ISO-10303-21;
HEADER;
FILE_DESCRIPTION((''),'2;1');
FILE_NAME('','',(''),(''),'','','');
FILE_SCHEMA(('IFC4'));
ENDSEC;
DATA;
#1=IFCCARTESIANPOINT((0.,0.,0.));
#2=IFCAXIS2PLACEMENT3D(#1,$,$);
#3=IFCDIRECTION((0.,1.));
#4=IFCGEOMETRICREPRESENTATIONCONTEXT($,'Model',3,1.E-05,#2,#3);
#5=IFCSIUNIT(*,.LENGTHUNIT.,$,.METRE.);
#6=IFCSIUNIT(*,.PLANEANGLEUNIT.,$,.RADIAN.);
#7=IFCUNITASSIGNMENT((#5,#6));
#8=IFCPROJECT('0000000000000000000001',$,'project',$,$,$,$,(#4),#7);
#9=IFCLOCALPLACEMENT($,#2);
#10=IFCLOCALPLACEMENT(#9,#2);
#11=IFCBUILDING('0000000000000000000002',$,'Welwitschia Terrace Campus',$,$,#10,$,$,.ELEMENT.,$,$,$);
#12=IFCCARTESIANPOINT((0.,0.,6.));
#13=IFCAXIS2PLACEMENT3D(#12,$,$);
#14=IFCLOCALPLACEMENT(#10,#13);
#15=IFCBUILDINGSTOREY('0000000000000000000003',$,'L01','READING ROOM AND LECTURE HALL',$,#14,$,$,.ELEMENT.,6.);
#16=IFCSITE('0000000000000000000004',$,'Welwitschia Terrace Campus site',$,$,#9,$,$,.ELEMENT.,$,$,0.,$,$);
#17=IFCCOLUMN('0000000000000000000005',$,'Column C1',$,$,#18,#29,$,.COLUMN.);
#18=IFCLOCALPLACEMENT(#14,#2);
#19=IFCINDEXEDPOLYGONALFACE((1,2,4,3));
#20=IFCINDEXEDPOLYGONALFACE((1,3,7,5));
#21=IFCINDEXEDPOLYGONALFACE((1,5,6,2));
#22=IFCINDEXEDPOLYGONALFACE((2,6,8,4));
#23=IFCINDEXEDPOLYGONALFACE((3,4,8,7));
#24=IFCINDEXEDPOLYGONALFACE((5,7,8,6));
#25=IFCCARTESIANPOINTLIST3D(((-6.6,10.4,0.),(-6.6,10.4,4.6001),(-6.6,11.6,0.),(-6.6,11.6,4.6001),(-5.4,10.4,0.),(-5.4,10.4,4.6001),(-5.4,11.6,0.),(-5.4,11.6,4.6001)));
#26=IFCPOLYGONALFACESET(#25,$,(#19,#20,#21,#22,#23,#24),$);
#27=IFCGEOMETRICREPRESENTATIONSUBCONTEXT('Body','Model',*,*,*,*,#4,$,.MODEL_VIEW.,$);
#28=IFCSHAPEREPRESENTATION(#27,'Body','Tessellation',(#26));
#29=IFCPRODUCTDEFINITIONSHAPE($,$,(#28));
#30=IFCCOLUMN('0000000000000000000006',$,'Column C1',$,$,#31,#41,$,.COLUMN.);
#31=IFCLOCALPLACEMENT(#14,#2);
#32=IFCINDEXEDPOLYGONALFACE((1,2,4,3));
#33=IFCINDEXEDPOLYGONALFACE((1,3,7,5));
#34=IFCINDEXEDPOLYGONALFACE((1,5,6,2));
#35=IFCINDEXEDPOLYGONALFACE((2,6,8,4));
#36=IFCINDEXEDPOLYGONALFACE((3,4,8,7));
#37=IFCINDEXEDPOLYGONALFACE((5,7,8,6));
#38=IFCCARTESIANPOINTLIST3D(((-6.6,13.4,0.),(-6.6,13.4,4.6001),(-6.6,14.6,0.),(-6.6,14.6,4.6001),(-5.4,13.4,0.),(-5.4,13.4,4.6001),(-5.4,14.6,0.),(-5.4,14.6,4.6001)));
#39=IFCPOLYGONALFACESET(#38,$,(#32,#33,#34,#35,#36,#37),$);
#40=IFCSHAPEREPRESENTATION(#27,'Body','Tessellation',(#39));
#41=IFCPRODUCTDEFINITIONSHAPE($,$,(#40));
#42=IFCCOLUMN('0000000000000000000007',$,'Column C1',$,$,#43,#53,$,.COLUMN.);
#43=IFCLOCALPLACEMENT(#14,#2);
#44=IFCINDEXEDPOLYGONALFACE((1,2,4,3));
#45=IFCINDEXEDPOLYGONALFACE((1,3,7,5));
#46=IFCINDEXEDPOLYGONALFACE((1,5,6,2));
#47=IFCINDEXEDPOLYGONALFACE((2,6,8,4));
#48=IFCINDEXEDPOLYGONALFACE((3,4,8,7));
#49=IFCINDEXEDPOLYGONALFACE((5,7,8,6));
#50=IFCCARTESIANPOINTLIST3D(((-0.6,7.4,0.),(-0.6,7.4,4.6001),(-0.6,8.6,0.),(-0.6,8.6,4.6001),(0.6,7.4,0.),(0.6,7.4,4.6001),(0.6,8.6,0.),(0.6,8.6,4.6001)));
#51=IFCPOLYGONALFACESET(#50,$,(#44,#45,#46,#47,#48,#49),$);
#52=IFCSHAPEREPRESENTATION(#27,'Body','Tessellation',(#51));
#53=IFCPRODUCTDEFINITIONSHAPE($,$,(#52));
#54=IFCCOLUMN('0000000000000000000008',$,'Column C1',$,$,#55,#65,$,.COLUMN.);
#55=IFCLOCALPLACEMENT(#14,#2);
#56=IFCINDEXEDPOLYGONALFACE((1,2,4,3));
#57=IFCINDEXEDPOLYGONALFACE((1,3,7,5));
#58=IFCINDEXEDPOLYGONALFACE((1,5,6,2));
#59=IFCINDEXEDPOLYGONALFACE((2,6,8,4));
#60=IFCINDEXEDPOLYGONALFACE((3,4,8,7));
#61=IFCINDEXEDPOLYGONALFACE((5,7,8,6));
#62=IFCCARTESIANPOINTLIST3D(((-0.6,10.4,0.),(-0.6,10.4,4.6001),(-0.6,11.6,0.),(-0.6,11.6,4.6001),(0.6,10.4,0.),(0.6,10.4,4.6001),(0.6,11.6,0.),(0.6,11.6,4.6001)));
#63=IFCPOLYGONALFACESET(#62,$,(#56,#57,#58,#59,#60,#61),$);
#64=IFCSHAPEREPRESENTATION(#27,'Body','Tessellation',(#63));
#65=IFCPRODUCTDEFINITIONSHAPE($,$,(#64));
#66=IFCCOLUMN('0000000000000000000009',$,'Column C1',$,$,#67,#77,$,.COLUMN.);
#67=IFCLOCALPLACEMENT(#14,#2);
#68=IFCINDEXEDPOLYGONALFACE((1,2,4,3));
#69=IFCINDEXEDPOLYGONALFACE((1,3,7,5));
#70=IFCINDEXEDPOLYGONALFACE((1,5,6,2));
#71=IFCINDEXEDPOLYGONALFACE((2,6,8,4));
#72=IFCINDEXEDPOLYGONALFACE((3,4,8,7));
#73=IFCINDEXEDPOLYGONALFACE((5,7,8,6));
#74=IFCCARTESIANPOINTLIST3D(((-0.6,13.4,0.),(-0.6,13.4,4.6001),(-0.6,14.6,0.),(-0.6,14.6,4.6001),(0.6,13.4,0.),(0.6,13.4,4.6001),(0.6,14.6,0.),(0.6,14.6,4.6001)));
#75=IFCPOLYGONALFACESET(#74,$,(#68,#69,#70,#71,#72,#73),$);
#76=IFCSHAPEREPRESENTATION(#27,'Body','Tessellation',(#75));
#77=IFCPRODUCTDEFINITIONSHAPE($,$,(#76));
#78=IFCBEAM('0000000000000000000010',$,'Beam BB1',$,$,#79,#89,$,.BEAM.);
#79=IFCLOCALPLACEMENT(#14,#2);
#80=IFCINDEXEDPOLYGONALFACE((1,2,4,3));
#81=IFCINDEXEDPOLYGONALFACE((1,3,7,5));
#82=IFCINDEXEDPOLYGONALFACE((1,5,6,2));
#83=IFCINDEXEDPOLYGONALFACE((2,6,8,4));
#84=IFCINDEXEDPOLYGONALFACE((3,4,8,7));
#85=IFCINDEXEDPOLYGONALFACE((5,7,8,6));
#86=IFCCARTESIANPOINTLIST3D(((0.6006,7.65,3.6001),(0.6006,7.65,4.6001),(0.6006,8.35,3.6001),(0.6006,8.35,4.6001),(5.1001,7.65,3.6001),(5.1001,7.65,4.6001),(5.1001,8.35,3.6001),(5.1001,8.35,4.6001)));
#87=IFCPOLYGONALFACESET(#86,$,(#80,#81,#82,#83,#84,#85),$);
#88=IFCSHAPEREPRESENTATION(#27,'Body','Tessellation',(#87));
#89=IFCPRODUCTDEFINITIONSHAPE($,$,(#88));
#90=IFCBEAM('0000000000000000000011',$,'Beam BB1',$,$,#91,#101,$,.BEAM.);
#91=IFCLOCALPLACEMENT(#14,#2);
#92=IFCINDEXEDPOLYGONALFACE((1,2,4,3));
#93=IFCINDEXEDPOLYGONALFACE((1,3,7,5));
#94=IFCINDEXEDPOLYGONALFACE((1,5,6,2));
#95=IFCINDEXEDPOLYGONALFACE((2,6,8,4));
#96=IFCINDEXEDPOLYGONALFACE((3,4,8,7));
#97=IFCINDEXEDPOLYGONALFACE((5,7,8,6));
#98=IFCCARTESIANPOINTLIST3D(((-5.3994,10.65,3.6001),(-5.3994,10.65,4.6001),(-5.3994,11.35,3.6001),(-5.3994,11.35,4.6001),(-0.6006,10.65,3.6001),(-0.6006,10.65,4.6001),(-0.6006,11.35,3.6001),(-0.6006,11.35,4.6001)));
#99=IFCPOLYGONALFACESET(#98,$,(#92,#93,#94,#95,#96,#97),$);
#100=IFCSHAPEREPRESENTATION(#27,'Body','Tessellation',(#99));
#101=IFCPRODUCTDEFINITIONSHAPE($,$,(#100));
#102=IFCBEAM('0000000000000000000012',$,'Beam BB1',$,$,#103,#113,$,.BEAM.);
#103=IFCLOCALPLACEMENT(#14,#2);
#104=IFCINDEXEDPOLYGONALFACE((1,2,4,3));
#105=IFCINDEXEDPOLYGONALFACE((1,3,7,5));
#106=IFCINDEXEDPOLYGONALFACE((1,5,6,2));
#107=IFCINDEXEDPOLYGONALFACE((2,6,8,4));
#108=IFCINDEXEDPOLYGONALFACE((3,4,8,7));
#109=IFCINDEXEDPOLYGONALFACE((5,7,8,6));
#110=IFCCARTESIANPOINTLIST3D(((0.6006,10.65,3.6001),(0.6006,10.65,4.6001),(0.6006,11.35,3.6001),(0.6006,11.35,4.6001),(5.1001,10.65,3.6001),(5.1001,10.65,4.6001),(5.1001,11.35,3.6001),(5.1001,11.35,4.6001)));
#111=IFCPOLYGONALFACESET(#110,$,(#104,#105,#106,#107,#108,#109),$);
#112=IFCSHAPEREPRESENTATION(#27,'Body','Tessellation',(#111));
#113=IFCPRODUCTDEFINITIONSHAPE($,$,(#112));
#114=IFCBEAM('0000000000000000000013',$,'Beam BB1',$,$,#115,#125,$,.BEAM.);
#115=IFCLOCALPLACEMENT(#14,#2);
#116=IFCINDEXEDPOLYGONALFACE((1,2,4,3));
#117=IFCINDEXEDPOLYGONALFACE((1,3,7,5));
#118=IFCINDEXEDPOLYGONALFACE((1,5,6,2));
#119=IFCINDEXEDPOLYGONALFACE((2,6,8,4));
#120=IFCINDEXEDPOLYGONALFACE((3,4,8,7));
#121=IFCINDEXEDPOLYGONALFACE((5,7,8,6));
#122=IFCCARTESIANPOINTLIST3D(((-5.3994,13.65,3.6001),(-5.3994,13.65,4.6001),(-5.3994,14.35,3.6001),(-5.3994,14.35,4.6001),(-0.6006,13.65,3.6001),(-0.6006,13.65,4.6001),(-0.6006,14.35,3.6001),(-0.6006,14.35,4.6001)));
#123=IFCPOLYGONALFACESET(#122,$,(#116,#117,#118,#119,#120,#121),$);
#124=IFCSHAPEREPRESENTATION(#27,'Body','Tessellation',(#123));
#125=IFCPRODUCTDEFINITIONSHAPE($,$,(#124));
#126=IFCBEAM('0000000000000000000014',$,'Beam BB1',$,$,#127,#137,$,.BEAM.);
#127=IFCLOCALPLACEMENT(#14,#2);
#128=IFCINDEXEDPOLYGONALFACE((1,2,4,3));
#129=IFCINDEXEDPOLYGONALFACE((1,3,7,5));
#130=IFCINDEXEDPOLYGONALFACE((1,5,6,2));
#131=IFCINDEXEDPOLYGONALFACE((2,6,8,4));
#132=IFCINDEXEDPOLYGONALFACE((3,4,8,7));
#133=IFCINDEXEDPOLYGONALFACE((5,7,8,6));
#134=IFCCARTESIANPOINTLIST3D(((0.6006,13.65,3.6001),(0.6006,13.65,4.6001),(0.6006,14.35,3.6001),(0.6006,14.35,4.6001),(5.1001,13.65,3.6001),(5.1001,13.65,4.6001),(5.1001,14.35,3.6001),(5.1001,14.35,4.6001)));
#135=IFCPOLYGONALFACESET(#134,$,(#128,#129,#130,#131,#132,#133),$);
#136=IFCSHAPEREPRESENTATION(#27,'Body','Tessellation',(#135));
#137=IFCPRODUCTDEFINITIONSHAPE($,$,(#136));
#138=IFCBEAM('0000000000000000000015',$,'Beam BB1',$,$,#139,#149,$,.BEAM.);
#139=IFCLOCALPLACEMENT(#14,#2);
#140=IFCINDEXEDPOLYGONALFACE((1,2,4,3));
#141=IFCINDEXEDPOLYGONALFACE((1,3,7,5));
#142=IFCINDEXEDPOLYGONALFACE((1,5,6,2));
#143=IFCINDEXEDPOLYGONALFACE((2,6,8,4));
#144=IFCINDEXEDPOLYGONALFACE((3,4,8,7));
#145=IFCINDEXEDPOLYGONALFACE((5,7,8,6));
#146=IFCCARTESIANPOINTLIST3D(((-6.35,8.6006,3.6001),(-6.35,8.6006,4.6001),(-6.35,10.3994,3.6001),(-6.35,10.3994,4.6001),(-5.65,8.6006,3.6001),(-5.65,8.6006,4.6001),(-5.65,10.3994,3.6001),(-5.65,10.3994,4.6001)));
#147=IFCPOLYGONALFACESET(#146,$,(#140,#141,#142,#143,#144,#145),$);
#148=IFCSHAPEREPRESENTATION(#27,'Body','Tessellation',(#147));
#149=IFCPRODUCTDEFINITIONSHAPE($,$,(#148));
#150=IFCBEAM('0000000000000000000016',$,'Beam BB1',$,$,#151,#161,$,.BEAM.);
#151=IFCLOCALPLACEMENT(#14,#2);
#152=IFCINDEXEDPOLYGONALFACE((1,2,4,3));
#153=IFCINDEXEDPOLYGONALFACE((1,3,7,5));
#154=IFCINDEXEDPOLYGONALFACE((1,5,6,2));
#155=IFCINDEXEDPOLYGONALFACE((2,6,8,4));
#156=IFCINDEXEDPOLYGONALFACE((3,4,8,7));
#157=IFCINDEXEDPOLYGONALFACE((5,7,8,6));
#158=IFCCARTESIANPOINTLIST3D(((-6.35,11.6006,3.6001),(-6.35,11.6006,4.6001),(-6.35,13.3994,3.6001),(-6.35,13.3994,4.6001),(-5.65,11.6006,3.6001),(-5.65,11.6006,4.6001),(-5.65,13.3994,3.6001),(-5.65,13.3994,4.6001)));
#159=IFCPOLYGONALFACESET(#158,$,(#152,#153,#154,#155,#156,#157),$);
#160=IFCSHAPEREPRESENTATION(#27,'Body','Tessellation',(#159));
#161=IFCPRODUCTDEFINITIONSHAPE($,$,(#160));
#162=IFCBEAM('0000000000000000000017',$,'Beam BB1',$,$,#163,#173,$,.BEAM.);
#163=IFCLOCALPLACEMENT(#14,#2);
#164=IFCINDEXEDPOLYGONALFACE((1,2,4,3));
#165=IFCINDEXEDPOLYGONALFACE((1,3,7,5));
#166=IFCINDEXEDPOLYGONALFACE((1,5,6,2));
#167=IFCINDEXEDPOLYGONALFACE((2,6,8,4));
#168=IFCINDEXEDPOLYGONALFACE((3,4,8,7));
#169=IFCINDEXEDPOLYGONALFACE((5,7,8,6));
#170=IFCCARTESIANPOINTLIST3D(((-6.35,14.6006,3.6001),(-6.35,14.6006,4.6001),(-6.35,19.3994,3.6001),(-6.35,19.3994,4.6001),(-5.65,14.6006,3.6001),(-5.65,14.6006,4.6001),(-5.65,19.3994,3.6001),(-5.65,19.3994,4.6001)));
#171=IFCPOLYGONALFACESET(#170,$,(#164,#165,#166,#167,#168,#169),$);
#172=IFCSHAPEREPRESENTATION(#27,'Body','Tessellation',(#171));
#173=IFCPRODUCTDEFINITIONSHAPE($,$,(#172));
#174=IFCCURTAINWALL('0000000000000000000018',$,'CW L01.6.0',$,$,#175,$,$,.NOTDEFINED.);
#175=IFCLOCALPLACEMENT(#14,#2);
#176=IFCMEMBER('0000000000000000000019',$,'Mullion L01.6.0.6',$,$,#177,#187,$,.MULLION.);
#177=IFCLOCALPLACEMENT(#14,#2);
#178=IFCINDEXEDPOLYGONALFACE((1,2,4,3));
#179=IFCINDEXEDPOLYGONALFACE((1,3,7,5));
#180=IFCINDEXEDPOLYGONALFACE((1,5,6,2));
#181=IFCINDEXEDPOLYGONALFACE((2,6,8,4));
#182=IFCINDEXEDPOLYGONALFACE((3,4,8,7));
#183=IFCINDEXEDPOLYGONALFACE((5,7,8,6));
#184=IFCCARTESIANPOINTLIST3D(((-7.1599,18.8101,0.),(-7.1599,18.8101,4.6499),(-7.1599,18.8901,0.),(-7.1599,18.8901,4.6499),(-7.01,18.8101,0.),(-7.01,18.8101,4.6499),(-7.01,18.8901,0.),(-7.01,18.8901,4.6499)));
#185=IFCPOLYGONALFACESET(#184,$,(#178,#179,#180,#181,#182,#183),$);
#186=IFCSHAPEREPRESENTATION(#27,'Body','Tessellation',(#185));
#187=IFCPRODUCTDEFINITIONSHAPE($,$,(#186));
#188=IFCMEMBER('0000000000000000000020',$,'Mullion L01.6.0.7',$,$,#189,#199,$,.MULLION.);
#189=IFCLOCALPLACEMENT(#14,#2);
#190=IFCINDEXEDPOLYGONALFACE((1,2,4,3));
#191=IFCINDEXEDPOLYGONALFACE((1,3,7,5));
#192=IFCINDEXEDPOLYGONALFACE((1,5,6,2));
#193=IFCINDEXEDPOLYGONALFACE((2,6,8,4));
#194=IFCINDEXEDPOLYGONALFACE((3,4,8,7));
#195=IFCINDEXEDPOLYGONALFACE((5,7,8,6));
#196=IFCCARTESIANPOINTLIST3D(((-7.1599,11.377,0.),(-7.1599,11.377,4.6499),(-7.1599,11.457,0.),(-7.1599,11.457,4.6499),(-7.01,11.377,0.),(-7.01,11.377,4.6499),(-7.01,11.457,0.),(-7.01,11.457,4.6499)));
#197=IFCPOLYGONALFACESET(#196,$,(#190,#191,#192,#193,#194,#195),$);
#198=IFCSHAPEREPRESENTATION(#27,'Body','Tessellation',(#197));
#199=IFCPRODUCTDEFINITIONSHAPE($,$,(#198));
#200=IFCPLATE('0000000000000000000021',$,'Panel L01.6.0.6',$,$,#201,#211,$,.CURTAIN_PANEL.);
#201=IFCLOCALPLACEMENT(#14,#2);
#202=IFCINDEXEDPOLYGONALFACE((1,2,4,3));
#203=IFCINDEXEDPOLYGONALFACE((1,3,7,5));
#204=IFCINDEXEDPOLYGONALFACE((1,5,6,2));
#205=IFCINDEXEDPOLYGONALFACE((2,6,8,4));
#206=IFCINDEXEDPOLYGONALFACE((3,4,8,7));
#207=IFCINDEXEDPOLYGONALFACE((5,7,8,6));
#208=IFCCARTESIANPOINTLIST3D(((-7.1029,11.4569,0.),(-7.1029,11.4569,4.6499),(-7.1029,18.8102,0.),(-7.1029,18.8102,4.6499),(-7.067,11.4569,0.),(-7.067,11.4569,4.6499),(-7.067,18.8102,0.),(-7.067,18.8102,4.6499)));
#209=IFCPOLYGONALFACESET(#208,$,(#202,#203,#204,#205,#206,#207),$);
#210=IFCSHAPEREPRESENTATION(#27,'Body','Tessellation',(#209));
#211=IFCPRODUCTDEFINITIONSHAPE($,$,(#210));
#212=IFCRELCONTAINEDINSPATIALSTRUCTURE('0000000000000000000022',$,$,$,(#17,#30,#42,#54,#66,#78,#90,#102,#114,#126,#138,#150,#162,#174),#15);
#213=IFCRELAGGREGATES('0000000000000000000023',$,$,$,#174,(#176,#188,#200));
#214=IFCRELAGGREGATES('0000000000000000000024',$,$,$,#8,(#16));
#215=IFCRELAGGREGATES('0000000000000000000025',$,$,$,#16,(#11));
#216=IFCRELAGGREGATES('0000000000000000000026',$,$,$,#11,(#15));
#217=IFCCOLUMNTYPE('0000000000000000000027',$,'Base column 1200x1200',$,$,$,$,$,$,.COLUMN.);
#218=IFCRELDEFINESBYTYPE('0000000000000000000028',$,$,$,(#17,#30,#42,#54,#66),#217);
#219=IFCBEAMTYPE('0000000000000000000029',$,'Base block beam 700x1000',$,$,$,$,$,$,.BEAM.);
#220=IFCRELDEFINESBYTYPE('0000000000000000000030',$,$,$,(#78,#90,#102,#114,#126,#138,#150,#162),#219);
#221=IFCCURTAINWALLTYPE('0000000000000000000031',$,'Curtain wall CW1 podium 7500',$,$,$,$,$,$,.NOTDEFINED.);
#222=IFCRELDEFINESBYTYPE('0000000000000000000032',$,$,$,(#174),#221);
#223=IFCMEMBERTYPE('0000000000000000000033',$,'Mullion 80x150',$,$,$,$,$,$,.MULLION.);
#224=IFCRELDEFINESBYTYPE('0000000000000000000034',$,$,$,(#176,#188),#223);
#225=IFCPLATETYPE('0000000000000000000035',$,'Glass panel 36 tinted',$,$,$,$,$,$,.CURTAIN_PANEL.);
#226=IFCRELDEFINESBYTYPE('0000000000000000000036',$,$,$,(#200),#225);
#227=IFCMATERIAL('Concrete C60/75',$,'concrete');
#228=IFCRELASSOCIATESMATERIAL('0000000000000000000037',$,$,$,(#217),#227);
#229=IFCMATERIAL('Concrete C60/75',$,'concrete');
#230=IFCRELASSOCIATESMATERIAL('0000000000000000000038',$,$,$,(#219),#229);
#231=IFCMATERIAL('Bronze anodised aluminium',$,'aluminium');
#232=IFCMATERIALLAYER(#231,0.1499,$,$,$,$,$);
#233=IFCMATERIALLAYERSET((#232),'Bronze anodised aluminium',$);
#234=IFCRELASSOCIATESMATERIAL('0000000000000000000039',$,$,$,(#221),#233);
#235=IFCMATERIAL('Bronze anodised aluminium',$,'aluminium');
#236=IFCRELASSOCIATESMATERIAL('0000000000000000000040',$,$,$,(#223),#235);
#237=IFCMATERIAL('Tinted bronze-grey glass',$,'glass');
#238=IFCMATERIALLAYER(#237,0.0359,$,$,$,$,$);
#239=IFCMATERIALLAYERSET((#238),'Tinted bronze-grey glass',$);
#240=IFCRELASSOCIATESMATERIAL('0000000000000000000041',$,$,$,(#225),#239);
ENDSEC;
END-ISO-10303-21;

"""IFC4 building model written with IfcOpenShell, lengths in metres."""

from ifc_helpers import new_model, si_unit, direction, frame, origin, origin_2d, place, context, subcontext, project, spatial, rectangle, extrude, material, layer, layer_set, material_profile, profile_set, type_object, element, aggregate, save


model = new_model("IFC4")

# Units and contexts
model_context = context("Model", 3, precision=1e-05, world=origin(), true_north=direction((0.0, 1.0)))
body_context = subcontext(model_context, "Body", "Model", "MODEL_VIEW")
ifc_project = project(units=[si_unit("LENGTHUNIT", "METRE"), si_unit("PLANEANGLEUNIT", "RADIAN")], contexts=[model_context])

# Site, building, storey
site_placement = place(None, origin())
site = spatial("IfcSite", under=ifc_project, at=site_placement, Name="Welwitschia Terrace Campus site", CompositionType="ELEMENT", RefElevation=0.0)
building_placement = place(site_placement, origin())
building = spatial("IfcBuilding", under=site, at=building_placement, Name="Welwitschia Terrace Campus", CompositionType="ELEMENT")
storey_placement = place(building_placement, frame((0.0, 0.0, 6.0)))
storey = spatial("IfcBuildingStorey", under=building, at=storey_placement, Name="L01", Description="READING ROOM AND LECTURE HALL", CompositionType="ELEMENT", Elevation=6.0)

# Columns
ifc_material_1 = material(Name="Concrete C60/75", Category="concrete")
ifc_material_profile_1 = material_profile(ifc_material_1, rectangle(XDim=1.2, YDim=1.2, at=origin_2d()))
ifc_profile_set_1 = profile_set([ifc_material_profile_1], Name="Concrete C60/75")
column_type = type_object("IfcColumnType", Name="Base column 1200x1200", PredefinedType="COLUMN", material=ifc_profile_set_1)
for number, where, z_axis, x_axis, name in (
    (1, (-6.0, 11.0, 0.0), (0.0, 0.0, 1.0), (1.0, 0.0, 0.0), "Column C1"),
    (2, (-6.0, 14.0, 0.0), (0.0, 0.0, 1.0), (1.0, 0.0, 0.0), "Column C1"),
    (3, (0.0, 8.0, 0.0), (0.0, 0.0, 1.0), (1.0, 0.0, 0.0), "Column C1"),
    (4, (0.0, 11.0, 0.0), (0.0, 0.0, 1.0), (1.0, 0.0, 0.0), "Column C1"),
    (5, (0.0, 14.0, 0.0), (0.0, 0.0, 1.0), (1.0, 0.0, 0.0), "Column C1"),
):
    element("IfcColumn", number, at=place(storey_placement, frame(where, z_axis=z_axis, x_axis=x_axis)), inside=storey, type_object=column_type, Name=name, PredefinedType="COLUMN", context=body_context, shape_type="SweptSolid", body=[
        extrude(rectangle(XDim=1.2, YDim=1.2, at=origin_2d()), origin(), (0.0, 0.0, 1.0), 4.6001),
    ])

# Beams
ifc_material_2 = material(Name="Concrete C60/75", Category="concrete")
ifc_material_profile_2 = material_profile(ifc_material_2, rectangle(XDim=0.7, YDim=1.0, at=origin_2d()))
ifc_profile_set_2 = profile_set([ifc_material_profile_2], Name="Concrete C60/75")
beam_type = type_object("IfcBeamType", Name="Base block beam 700x1000", PredefinedType="BEAM", material=ifc_profile_set_2)
beam_1_placement = place(storey_placement, frame((0.6006, 8.0, 4.1001), z_axis=(1.0, 0.0, 0.0), x_axis=(0.0, 1.0, 0.0)))
element("IfcBeam", 6, at=beam_1_placement, inside=storey, type_object=beam_type, Name="Beam BB1", PredefinedType="BEAM", context=body_context, shape_type="SweptSolid", body=[
    extrude(rectangle(XDim=0.7, YDim=1.0, at=origin_2d()), origin(), (0.0, 0.0, 1.0), 4.4995),
])
beam_2_placement = place(storey_placement, frame((-5.3994, 11.0, 4.1001), z_axis=(1.0, 0.0, 0.0), x_axis=(0.0, 1.0, 0.0)))
element("IfcBeam", 7, at=beam_2_placement, inside=storey, type_object=beam_type, Name="Beam BB1", PredefinedType="BEAM", context=body_context, shape_type="SweptSolid", body=[
    extrude(rectangle(XDim=0.7, YDim=1.0, at=origin_2d()), origin(), (0.0, 0.0, 1.0), 4.7988),
])
beam_3_placement = place(storey_placement, frame((0.6006, 11.0, 4.1001), z_axis=(1.0, 0.0, 0.0), x_axis=(0.0, 1.0, 0.0)))
element("IfcBeam", 8, at=beam_3_placement, inside=storey, type_object=beam_type, Name="Beam BB1", PredefinedType="BEAM", context=body_context, shape_type="SweptSolid", body=[
    extrude(rectangle(XDim=0.7, YDim=1.0, at=origin_2d()), origin(), (0.0, 0.0, 1.0), 4.4995),
])
beam_4_placement = place(storey_placement, frame((-5.3994, 14.0, 4.1001), z_axis=(1.0, 0.0, 0.0), x_axis=(0.0, 1.0, 0.0)))
element("IfcBeam", 9, at=beam_4_placement, inside=storey, type_object=beam_type, Name="Beam BB1", PredefinedType="BEAM", context=body_context, shape_type="SweptSolid", body=[
    extrude(rectangle(XDim=0.7, YDim=1.0, at=origin_2d()), origin(), (0.0, 0.0, 1.0), 4.7988),
])
beam_5_placement = place(storey_placement, frame((0.6006, 14.0, 4.1001), z_axis=(1.0, 0.0, 0.0), x_axis=(0.0, 1.0, 0.0)))
element("IfcBeam", 10, at=beam_5_placement, inside=storey, type_object=beam_type, Name="Beam BB1", PredefinedType="BEAM", context=body_context, shape_type="SweptSolid", body=[
    extrude(rectangle(XDim=0.7, YDim=1.0, at=origin_2d()), origin(), (0.0, 0.0, 1.0), 4.4995),
])
for number, where, z_axis, x_axis, name in (
    (11, (-6.0, 8.6006, 4.1001), (0.0, 1.0, 0.0), (-1.0, 0.0, 0.0), "Beam BB1"),
    (12, (-6.0, 11.6006, 4.1001), (0.0, 1.0, 0.0), (-1.0, 0.0, 0.0), "Beam BB1"),
):
    element("IfcBeam", number, at=place(storey_placement, frame(where, z_axis=z_axis, x_axis=x_axis)), inside=storey, type_object=beam_type, Name=name, PredefinedType="BEAM", context=body_context, shape_type="SweptSolid", body=[
        extrude(rectangle(XDim=0.7, YDim=1.0, at=origin_2d()), origin(), (0.0, 0.0, 1.0), 1.7988),
    ])
beam_6_placement = place(storey_placement, frame((-6.0, 14.6006, 4.1001), z_axis=(0.0, 1.0, 0.0), x_axis=(-1.0, 0.0, 0.0)))
element("IfcBeam", 13, at=beam_6_placement, inside=storey, type_object=beam_type, Name="Beam BB1", PredefinedType="BEAM", context=body_context, shape_type="SweptSolid", body=[
    extrude(rectangle(XDim=0.7, YDim=1.0, at=origin_2d()), origin(), (0.0, 0.0, 1.0), 4.7988),
])

# Curtain wall, members, plate
ifc_material_3 = material(Name="Bronze anodised aluminium", Category="aluminium")
ifc_layer_1 = layer(ifc_material_3, 0.1499)
ifc_layer_set_1 = layer_set([ifc_layer_1], Name="Bronze anodised aluminium")
curtain_wall_type = type_object("IfcCurtainWallType", Name="Curtain wall CW1 podium 7500", PredefinedType="NOTDEFINED", material=ifc_layer_set_1)
curtain_wall_placement = place(storey_placement, origin())
curtain_wall = element("IfcCurtainWall", 14, at=curtain_wall_placement, inside=storey, type_object=curtain_wall_type, Name="CW L01.6.0", PredefinedType="NOTDEFINED")
ifc_material_4 = material(Name="Bronze anodised aluminium", Category="aluminium")
ifc_material_profile_3 = material_profile(ifc_material_4, rectangle(XDim=0.1499, YDim=0.0801, at=origin_2d()))
ifc_profile_set_3 = profile_set([ifc_material_profile_3], Name="Bronze anodised aluminium")
member_type = type_object("IfcMemberType", Name="Mullion 80x150", PredefinedType="MULLION", material=ifc_profile_set_3)
member_1_placement = place(storey_placement, frame((-7.085, 18.8501, 0.0), z_axis=(0.0, 0.0, 1.0), x_axis=(1.0, 0.0, 0.0)))
member_1 = element("IfcMember", 15, at=member_1_placement, type_object=member_type, Name="Mullion L01.6.0.6", PredefinedType="MULLION", context=body_context, shape_type="SweptSolid", body=[
    extrude(rectangle(XDim=0.1499, YDim=0.0801, at=origin_2d()), origin(), (0.0, 0.0, 1.0), 4.6499),
])
member_2_placement = place(storey_placement, frame((-7.085, 11.417, 0.0), z_axis=(0.0, 0.0, 1.0), x_axis=(1.0, 0.0, 0.0)))
member_2 = element("IfcMember", 16, at=member_2_placement, type_object=member_type, Name="Mullion L01.6.0.7", PredefinedType="MULLION", context=body_context, shape_type="SweptSolid", body=[
    extrude(rectangle(XDim=0.1499, YDim=0.0801, at=origin_2d()), origin(), (0.0, 0.0, 1.0), 4.6499),
])
ifc_material_5 = material(Name="Tinted bronze-grey glass", Category="glass")
ifc_layer_2 = layer(ifc_material_5, 0.0359)
ifc_layer_set_2 = layer_set([ifc_layer_2], Name="Tinted bronze-grey glass")
plate_type = type_object("IfcPlateType", Name="Glass panel 36 tinted", PredefinedType="CURTAIN_PANEL", material=ifc_layer_set_2)
plate_placement = place(storey_placement, frame((-7.085, 15.1335, 0.0), z_axis=(0.0, 0.0, 1.0), x_axis=(0.0, -1.0, 0.0)))
plate = element("IfcPlate", 17, at=plate_placement, type_object=plate_type, Name="Panel L01.6.0.6", PredefinedType="CURTAIN_PANEL", context=body_context, shape_type="SweptSolid", body=[
    extrude(rectangle(XDim=7.3533, YDim=0.0359, at=origin_2d()), origin(), (0.0, 0.0, 1.0), 4.6499),
])
aggregate(curtain_wall, [member_1, member_2, plate])

save(model, "model.ifc")
